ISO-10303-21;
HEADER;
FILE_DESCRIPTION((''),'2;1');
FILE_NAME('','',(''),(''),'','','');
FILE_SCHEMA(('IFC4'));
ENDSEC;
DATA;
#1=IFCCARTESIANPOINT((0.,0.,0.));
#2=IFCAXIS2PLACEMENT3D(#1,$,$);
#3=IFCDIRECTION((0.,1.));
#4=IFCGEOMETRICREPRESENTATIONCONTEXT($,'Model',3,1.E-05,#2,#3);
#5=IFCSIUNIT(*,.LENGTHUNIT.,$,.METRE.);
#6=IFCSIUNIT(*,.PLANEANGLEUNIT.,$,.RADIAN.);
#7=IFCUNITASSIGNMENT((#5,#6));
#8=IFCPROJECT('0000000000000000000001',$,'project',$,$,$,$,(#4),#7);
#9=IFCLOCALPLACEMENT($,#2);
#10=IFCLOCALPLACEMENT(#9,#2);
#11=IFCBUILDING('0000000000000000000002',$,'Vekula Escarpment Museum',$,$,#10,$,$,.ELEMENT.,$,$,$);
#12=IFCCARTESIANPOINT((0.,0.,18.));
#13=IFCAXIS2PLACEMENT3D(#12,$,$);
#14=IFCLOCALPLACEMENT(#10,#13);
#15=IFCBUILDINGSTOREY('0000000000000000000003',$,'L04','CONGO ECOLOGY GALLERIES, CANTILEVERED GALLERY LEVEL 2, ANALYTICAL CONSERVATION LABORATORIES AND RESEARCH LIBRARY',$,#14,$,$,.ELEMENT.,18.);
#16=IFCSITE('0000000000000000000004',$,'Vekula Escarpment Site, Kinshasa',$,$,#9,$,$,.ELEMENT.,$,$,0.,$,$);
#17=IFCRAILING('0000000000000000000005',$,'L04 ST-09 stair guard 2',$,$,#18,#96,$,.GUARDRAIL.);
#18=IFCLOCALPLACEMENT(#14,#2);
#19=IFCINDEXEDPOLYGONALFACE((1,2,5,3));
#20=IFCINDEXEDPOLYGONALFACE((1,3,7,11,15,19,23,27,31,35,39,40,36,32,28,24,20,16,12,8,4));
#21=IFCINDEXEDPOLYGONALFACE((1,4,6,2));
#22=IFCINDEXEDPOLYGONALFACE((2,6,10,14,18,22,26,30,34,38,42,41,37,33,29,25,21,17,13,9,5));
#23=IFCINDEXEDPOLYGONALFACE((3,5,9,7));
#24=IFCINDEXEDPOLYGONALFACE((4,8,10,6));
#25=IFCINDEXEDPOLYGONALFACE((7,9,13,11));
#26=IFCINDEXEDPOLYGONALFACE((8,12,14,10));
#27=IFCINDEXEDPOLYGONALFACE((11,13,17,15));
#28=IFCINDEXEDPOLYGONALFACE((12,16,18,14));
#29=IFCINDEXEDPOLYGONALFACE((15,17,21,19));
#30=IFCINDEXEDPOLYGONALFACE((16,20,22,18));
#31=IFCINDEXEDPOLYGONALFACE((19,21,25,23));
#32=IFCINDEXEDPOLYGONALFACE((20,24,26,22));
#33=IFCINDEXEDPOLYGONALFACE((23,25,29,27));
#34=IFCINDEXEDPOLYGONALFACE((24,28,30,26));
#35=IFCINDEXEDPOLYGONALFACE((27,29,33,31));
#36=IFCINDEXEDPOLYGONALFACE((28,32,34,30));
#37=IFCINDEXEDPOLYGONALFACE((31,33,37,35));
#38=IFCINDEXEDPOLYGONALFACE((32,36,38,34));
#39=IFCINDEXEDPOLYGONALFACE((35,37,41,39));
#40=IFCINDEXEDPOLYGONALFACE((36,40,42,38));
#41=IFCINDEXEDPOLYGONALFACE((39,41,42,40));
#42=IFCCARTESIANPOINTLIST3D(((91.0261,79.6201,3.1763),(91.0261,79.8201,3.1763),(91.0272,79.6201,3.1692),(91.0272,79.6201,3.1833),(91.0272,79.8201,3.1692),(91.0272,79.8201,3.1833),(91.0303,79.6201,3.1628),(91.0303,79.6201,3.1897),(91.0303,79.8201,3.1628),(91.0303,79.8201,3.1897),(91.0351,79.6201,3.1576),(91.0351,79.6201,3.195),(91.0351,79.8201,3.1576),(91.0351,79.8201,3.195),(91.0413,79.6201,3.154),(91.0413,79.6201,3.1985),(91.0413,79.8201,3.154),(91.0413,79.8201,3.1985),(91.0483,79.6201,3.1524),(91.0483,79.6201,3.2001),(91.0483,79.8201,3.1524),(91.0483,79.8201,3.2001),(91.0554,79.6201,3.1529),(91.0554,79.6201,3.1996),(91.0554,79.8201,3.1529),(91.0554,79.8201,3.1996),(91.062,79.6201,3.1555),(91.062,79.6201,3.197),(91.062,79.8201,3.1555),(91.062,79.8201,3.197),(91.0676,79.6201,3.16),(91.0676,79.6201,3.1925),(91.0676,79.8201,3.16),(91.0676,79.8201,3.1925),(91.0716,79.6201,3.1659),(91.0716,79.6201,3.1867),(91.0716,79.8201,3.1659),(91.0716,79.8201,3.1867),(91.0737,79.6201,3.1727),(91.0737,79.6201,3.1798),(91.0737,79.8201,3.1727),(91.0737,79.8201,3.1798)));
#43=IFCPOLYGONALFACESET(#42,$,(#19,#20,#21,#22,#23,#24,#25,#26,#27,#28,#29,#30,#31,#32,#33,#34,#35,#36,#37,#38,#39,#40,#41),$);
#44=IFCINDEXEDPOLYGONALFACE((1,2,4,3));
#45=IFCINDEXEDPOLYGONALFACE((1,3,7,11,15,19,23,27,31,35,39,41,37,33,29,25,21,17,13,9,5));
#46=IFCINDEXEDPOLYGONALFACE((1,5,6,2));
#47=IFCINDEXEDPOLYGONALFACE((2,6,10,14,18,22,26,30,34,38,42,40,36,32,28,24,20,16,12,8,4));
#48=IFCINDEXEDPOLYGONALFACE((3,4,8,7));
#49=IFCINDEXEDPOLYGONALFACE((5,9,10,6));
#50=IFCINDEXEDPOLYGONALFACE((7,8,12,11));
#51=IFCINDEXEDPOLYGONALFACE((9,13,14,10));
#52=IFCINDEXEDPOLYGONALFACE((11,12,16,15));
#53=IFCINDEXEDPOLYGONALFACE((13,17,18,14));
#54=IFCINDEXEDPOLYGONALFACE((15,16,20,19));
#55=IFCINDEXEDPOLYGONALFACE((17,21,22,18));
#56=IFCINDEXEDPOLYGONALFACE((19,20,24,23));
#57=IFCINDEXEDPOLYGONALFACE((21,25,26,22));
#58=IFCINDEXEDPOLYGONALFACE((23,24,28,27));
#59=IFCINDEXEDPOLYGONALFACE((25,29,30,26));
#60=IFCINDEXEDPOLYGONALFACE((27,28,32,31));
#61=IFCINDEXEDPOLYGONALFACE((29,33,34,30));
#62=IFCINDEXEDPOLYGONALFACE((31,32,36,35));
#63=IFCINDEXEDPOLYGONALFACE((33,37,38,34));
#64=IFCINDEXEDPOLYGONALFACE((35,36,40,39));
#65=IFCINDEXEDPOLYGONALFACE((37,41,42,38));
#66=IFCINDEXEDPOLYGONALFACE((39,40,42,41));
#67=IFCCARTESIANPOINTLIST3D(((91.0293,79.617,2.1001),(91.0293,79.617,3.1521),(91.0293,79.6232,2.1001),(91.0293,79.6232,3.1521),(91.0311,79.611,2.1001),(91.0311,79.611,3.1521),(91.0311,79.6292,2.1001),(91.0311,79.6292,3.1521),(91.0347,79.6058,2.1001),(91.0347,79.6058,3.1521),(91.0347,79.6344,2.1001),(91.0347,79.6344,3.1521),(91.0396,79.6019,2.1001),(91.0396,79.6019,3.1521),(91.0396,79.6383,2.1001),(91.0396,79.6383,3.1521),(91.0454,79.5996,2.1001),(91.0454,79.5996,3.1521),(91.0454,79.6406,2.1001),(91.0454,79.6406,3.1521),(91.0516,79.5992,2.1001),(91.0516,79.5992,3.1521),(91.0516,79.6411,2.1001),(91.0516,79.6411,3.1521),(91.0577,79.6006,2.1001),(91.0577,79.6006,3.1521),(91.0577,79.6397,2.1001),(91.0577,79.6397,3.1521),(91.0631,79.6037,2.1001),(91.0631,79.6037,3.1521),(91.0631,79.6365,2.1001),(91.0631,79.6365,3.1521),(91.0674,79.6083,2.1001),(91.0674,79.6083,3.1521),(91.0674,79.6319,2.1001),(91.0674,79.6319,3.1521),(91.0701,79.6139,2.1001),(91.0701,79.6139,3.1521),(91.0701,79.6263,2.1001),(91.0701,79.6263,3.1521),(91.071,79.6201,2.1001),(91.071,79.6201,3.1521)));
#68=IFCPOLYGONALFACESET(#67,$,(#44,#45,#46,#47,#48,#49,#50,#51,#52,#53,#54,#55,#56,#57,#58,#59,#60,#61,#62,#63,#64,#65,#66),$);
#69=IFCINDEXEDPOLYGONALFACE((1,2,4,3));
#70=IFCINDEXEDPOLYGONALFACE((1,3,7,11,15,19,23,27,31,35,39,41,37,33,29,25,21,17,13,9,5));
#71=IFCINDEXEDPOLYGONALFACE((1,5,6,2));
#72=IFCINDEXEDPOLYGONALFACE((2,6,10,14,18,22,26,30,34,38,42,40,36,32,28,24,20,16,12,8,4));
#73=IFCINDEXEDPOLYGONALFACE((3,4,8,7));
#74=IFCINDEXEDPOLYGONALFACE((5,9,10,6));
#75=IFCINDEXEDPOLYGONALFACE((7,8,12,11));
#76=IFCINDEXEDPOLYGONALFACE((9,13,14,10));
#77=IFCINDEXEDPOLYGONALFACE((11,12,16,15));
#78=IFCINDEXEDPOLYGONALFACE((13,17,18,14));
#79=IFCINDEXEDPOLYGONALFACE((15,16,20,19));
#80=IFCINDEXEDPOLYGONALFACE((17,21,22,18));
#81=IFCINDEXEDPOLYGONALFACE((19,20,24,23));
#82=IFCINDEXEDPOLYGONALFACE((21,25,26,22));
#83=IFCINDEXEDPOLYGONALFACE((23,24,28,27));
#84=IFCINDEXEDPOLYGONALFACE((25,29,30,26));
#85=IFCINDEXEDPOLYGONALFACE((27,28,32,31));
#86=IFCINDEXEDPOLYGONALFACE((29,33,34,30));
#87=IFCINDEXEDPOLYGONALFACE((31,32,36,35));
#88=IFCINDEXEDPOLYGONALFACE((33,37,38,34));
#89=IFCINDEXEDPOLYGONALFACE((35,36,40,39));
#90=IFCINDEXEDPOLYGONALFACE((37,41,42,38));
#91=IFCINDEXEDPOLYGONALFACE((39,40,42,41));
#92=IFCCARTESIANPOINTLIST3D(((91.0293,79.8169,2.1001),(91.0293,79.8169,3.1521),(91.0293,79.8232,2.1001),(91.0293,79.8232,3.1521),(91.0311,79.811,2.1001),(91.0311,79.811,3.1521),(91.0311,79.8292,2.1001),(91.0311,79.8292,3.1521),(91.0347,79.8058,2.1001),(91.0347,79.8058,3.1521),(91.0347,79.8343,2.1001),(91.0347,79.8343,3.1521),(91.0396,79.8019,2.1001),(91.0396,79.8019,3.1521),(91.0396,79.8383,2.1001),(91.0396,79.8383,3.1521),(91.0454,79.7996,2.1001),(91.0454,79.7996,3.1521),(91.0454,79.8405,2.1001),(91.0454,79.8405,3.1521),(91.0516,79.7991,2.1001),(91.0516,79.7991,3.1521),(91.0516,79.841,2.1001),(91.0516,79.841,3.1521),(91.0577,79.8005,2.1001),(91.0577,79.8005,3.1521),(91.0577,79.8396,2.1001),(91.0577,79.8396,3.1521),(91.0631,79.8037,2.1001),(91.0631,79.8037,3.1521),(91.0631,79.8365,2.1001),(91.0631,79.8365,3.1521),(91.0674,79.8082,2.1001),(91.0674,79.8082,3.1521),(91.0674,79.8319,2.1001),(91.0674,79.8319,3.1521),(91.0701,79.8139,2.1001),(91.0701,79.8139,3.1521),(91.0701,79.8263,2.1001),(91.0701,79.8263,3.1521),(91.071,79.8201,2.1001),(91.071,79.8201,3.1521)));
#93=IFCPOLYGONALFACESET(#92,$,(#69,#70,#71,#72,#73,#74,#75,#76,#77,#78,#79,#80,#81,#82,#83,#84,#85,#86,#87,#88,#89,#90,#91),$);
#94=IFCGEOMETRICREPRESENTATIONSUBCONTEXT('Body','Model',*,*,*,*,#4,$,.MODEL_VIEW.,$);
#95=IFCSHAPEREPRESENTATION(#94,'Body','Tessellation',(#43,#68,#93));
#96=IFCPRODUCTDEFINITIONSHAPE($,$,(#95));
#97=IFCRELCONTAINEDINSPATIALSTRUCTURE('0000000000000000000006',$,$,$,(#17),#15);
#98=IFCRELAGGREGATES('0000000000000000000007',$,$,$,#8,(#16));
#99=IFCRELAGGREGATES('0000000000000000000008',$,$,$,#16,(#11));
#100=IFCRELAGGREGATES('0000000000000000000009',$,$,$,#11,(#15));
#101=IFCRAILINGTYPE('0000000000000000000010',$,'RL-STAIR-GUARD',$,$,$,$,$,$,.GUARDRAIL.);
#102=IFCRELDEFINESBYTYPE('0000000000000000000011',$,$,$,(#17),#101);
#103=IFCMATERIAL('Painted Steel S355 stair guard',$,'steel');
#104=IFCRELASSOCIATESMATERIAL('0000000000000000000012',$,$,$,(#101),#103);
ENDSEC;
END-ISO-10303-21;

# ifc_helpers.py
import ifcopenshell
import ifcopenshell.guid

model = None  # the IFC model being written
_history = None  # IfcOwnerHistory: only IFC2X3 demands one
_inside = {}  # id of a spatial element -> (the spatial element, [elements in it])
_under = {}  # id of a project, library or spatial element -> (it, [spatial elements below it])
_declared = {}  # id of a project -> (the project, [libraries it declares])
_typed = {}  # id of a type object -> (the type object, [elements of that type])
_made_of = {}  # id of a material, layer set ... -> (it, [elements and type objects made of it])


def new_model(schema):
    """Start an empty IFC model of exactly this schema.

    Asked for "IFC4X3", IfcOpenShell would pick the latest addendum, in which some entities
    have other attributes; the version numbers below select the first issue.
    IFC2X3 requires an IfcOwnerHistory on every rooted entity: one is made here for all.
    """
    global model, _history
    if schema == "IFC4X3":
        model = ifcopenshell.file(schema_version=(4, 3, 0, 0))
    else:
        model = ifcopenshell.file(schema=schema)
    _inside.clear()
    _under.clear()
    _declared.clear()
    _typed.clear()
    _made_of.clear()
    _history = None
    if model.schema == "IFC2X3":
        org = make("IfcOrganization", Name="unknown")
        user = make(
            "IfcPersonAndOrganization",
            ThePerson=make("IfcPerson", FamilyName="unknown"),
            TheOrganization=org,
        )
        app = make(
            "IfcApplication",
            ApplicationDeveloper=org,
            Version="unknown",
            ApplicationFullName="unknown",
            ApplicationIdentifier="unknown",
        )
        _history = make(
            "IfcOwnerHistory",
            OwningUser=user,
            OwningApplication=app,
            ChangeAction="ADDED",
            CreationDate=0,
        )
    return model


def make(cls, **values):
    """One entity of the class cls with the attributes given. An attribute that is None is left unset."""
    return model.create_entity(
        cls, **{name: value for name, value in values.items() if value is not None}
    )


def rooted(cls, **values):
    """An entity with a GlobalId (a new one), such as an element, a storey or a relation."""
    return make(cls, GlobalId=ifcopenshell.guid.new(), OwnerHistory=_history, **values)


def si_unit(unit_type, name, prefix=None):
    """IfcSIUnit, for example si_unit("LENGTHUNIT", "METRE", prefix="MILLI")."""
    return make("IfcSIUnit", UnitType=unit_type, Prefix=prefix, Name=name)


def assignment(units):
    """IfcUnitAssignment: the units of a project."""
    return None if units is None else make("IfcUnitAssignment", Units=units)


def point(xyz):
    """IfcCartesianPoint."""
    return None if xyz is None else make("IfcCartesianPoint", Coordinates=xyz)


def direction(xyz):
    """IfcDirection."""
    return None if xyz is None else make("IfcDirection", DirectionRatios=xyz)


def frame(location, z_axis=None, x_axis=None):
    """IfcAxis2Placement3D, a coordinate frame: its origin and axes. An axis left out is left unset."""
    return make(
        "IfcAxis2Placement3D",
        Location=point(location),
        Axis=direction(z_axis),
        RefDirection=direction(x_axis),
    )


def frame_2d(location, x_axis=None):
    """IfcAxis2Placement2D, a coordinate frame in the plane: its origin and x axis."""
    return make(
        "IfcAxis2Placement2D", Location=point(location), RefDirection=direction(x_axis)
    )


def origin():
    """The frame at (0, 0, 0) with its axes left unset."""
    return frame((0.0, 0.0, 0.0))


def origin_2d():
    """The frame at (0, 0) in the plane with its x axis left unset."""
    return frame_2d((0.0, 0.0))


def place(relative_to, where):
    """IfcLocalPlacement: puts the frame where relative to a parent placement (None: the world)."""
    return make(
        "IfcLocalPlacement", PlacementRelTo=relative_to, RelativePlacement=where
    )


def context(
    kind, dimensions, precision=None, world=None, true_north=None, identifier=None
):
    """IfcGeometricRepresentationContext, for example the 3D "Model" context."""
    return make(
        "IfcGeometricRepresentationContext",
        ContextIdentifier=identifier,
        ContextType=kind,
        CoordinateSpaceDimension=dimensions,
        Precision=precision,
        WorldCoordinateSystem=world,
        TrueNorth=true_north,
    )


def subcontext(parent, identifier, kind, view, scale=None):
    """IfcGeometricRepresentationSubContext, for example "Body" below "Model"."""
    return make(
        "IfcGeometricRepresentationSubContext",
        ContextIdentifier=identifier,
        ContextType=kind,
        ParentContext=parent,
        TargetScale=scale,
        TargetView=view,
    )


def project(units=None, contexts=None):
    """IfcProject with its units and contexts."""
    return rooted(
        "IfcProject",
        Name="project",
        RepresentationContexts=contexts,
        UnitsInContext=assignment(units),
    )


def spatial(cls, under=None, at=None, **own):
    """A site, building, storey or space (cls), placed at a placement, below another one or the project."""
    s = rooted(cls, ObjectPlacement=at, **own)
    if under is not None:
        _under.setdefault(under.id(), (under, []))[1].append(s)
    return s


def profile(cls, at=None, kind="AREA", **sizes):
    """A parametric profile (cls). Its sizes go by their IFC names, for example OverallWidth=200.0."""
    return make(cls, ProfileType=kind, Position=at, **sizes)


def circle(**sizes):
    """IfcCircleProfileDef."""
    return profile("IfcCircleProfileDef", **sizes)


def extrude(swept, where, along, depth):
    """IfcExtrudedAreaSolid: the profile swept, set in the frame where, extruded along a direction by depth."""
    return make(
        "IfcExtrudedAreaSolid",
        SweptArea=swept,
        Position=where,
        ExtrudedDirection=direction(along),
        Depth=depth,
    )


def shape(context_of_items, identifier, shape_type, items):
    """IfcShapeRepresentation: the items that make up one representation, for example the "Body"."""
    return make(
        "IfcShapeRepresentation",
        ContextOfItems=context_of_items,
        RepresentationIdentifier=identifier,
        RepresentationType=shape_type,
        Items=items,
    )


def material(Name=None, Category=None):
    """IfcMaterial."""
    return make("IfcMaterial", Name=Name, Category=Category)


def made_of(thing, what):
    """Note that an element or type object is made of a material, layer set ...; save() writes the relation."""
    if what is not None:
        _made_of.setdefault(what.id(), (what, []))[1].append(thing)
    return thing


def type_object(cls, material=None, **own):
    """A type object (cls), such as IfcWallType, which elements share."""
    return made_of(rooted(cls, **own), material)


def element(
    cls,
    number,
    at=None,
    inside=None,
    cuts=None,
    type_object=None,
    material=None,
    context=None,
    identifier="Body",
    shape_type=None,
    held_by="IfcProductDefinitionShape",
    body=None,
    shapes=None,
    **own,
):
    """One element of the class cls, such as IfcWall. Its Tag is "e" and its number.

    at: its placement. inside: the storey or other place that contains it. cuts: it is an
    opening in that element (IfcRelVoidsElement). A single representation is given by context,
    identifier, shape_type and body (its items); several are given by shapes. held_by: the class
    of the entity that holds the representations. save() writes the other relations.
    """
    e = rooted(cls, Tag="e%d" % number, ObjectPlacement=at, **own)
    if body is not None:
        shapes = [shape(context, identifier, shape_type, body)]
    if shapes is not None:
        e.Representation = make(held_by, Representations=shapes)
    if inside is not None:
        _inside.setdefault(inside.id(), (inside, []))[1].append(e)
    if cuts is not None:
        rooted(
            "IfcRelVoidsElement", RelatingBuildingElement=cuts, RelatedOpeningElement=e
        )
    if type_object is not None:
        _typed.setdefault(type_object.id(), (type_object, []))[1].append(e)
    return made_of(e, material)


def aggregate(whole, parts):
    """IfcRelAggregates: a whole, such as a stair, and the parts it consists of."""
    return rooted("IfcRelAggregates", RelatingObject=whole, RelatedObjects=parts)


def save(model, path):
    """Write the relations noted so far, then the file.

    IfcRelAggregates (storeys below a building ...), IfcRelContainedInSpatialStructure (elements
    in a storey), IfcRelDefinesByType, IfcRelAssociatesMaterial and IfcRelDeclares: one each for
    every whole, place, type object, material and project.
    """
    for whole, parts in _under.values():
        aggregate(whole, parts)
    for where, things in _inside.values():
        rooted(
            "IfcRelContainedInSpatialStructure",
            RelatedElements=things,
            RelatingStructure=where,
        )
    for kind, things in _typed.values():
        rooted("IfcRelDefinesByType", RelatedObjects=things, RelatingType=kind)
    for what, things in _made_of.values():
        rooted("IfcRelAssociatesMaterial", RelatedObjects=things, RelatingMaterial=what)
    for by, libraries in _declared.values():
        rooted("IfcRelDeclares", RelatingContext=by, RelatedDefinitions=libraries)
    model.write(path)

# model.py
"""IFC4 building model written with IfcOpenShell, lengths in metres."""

from ifc_helpers import new_model, si_unit, direction, frame, origin, origin_2d, place, context, subcontext, project, spatial, circle, extrude, material, type_object, element, save


model = new_model("IFC4")

# Units and contexts
model_context = context("Model", 3, precision=1e-05, world=origin(), true_north=direction((0.0, 1.0)))
body_context = subcontext(model_context, "Body", "Model", "MODEL_VIEW")
ifc_project = project(units=[si_unit("LENGTHUNIT", "METRE"), si_unit("PLANEANGLEUNIT", "RADIAN")], contexts=[model_context])

# Site, building, storey
site_placement = place(None, origin())
site = spatial("IfcSite", under=ifc_project, at=site_placement, Name="Vekula Escarpment Site, Kinshasa", CompositionType="ELEMENT", RefElevation=0.0)
building_placement = place(site_placement, origin())
building = spatial("IfcBuilding", under=site, at=building_placement, Name="Vekula Escarpment Museum", CompositionType="ELEMENT")
storey_placement = place(building_placement, frame((0.0, 0.0, 18.0)))
storey = spatial("IfcBuildingStorey", under=building, at=storey_placement, Name="L04", Description="CONGO ECOLOGY GALLERIES, CANTILEVERED GALLERY LEVEL 2, ANALYTICAL CONSERVATION LABORATORIES AND RESEARCH LIBRARY", CompositionType="ELEMENT", Elevation=18.0)

# Railing
ifc_material_1 = material(Name="Painted Steel S355 stair guard", Category="steel")
railing_type_1 = type_object("IfcRailingType", Name="RL-STAIR-GUARD", PredefinedType="GUARDRAIL", material=ifc_material_1)
railing_1_placement = place(storey_placement, frame((91.05, 79.6201, 2.1001)))
element("IfcRailing", 1, at=railing_1_placement, inside=storey, type_object=railing_type_1, Name="L04 ST-09 stair guard 2", PredefinedType="GUARDRAIL", context=body_context, shape_type="SweptSolid", body=[
    extrude(circle(Radius=0.0239, at=origin_2d()), frame((0.0, 0.0, 1.0762), z_axis=(0.0, 1.0, 0.0), x_axis=(-1.0, 0.0, 0.0)), (0.0, 0.0, 1.0), 0.2),
    extrude(circle(Radius=0.021, at=origin_2d()), origin(), (0.0, 0.0, 1.0), 1.052),
    extrude(circle(Radius=0.021, at=origin_2d()), frame((0.0, 0.2, 0.0)), (0.0, 0.0, 1.0), 1.052),
])

save(model, "model.ifc")
